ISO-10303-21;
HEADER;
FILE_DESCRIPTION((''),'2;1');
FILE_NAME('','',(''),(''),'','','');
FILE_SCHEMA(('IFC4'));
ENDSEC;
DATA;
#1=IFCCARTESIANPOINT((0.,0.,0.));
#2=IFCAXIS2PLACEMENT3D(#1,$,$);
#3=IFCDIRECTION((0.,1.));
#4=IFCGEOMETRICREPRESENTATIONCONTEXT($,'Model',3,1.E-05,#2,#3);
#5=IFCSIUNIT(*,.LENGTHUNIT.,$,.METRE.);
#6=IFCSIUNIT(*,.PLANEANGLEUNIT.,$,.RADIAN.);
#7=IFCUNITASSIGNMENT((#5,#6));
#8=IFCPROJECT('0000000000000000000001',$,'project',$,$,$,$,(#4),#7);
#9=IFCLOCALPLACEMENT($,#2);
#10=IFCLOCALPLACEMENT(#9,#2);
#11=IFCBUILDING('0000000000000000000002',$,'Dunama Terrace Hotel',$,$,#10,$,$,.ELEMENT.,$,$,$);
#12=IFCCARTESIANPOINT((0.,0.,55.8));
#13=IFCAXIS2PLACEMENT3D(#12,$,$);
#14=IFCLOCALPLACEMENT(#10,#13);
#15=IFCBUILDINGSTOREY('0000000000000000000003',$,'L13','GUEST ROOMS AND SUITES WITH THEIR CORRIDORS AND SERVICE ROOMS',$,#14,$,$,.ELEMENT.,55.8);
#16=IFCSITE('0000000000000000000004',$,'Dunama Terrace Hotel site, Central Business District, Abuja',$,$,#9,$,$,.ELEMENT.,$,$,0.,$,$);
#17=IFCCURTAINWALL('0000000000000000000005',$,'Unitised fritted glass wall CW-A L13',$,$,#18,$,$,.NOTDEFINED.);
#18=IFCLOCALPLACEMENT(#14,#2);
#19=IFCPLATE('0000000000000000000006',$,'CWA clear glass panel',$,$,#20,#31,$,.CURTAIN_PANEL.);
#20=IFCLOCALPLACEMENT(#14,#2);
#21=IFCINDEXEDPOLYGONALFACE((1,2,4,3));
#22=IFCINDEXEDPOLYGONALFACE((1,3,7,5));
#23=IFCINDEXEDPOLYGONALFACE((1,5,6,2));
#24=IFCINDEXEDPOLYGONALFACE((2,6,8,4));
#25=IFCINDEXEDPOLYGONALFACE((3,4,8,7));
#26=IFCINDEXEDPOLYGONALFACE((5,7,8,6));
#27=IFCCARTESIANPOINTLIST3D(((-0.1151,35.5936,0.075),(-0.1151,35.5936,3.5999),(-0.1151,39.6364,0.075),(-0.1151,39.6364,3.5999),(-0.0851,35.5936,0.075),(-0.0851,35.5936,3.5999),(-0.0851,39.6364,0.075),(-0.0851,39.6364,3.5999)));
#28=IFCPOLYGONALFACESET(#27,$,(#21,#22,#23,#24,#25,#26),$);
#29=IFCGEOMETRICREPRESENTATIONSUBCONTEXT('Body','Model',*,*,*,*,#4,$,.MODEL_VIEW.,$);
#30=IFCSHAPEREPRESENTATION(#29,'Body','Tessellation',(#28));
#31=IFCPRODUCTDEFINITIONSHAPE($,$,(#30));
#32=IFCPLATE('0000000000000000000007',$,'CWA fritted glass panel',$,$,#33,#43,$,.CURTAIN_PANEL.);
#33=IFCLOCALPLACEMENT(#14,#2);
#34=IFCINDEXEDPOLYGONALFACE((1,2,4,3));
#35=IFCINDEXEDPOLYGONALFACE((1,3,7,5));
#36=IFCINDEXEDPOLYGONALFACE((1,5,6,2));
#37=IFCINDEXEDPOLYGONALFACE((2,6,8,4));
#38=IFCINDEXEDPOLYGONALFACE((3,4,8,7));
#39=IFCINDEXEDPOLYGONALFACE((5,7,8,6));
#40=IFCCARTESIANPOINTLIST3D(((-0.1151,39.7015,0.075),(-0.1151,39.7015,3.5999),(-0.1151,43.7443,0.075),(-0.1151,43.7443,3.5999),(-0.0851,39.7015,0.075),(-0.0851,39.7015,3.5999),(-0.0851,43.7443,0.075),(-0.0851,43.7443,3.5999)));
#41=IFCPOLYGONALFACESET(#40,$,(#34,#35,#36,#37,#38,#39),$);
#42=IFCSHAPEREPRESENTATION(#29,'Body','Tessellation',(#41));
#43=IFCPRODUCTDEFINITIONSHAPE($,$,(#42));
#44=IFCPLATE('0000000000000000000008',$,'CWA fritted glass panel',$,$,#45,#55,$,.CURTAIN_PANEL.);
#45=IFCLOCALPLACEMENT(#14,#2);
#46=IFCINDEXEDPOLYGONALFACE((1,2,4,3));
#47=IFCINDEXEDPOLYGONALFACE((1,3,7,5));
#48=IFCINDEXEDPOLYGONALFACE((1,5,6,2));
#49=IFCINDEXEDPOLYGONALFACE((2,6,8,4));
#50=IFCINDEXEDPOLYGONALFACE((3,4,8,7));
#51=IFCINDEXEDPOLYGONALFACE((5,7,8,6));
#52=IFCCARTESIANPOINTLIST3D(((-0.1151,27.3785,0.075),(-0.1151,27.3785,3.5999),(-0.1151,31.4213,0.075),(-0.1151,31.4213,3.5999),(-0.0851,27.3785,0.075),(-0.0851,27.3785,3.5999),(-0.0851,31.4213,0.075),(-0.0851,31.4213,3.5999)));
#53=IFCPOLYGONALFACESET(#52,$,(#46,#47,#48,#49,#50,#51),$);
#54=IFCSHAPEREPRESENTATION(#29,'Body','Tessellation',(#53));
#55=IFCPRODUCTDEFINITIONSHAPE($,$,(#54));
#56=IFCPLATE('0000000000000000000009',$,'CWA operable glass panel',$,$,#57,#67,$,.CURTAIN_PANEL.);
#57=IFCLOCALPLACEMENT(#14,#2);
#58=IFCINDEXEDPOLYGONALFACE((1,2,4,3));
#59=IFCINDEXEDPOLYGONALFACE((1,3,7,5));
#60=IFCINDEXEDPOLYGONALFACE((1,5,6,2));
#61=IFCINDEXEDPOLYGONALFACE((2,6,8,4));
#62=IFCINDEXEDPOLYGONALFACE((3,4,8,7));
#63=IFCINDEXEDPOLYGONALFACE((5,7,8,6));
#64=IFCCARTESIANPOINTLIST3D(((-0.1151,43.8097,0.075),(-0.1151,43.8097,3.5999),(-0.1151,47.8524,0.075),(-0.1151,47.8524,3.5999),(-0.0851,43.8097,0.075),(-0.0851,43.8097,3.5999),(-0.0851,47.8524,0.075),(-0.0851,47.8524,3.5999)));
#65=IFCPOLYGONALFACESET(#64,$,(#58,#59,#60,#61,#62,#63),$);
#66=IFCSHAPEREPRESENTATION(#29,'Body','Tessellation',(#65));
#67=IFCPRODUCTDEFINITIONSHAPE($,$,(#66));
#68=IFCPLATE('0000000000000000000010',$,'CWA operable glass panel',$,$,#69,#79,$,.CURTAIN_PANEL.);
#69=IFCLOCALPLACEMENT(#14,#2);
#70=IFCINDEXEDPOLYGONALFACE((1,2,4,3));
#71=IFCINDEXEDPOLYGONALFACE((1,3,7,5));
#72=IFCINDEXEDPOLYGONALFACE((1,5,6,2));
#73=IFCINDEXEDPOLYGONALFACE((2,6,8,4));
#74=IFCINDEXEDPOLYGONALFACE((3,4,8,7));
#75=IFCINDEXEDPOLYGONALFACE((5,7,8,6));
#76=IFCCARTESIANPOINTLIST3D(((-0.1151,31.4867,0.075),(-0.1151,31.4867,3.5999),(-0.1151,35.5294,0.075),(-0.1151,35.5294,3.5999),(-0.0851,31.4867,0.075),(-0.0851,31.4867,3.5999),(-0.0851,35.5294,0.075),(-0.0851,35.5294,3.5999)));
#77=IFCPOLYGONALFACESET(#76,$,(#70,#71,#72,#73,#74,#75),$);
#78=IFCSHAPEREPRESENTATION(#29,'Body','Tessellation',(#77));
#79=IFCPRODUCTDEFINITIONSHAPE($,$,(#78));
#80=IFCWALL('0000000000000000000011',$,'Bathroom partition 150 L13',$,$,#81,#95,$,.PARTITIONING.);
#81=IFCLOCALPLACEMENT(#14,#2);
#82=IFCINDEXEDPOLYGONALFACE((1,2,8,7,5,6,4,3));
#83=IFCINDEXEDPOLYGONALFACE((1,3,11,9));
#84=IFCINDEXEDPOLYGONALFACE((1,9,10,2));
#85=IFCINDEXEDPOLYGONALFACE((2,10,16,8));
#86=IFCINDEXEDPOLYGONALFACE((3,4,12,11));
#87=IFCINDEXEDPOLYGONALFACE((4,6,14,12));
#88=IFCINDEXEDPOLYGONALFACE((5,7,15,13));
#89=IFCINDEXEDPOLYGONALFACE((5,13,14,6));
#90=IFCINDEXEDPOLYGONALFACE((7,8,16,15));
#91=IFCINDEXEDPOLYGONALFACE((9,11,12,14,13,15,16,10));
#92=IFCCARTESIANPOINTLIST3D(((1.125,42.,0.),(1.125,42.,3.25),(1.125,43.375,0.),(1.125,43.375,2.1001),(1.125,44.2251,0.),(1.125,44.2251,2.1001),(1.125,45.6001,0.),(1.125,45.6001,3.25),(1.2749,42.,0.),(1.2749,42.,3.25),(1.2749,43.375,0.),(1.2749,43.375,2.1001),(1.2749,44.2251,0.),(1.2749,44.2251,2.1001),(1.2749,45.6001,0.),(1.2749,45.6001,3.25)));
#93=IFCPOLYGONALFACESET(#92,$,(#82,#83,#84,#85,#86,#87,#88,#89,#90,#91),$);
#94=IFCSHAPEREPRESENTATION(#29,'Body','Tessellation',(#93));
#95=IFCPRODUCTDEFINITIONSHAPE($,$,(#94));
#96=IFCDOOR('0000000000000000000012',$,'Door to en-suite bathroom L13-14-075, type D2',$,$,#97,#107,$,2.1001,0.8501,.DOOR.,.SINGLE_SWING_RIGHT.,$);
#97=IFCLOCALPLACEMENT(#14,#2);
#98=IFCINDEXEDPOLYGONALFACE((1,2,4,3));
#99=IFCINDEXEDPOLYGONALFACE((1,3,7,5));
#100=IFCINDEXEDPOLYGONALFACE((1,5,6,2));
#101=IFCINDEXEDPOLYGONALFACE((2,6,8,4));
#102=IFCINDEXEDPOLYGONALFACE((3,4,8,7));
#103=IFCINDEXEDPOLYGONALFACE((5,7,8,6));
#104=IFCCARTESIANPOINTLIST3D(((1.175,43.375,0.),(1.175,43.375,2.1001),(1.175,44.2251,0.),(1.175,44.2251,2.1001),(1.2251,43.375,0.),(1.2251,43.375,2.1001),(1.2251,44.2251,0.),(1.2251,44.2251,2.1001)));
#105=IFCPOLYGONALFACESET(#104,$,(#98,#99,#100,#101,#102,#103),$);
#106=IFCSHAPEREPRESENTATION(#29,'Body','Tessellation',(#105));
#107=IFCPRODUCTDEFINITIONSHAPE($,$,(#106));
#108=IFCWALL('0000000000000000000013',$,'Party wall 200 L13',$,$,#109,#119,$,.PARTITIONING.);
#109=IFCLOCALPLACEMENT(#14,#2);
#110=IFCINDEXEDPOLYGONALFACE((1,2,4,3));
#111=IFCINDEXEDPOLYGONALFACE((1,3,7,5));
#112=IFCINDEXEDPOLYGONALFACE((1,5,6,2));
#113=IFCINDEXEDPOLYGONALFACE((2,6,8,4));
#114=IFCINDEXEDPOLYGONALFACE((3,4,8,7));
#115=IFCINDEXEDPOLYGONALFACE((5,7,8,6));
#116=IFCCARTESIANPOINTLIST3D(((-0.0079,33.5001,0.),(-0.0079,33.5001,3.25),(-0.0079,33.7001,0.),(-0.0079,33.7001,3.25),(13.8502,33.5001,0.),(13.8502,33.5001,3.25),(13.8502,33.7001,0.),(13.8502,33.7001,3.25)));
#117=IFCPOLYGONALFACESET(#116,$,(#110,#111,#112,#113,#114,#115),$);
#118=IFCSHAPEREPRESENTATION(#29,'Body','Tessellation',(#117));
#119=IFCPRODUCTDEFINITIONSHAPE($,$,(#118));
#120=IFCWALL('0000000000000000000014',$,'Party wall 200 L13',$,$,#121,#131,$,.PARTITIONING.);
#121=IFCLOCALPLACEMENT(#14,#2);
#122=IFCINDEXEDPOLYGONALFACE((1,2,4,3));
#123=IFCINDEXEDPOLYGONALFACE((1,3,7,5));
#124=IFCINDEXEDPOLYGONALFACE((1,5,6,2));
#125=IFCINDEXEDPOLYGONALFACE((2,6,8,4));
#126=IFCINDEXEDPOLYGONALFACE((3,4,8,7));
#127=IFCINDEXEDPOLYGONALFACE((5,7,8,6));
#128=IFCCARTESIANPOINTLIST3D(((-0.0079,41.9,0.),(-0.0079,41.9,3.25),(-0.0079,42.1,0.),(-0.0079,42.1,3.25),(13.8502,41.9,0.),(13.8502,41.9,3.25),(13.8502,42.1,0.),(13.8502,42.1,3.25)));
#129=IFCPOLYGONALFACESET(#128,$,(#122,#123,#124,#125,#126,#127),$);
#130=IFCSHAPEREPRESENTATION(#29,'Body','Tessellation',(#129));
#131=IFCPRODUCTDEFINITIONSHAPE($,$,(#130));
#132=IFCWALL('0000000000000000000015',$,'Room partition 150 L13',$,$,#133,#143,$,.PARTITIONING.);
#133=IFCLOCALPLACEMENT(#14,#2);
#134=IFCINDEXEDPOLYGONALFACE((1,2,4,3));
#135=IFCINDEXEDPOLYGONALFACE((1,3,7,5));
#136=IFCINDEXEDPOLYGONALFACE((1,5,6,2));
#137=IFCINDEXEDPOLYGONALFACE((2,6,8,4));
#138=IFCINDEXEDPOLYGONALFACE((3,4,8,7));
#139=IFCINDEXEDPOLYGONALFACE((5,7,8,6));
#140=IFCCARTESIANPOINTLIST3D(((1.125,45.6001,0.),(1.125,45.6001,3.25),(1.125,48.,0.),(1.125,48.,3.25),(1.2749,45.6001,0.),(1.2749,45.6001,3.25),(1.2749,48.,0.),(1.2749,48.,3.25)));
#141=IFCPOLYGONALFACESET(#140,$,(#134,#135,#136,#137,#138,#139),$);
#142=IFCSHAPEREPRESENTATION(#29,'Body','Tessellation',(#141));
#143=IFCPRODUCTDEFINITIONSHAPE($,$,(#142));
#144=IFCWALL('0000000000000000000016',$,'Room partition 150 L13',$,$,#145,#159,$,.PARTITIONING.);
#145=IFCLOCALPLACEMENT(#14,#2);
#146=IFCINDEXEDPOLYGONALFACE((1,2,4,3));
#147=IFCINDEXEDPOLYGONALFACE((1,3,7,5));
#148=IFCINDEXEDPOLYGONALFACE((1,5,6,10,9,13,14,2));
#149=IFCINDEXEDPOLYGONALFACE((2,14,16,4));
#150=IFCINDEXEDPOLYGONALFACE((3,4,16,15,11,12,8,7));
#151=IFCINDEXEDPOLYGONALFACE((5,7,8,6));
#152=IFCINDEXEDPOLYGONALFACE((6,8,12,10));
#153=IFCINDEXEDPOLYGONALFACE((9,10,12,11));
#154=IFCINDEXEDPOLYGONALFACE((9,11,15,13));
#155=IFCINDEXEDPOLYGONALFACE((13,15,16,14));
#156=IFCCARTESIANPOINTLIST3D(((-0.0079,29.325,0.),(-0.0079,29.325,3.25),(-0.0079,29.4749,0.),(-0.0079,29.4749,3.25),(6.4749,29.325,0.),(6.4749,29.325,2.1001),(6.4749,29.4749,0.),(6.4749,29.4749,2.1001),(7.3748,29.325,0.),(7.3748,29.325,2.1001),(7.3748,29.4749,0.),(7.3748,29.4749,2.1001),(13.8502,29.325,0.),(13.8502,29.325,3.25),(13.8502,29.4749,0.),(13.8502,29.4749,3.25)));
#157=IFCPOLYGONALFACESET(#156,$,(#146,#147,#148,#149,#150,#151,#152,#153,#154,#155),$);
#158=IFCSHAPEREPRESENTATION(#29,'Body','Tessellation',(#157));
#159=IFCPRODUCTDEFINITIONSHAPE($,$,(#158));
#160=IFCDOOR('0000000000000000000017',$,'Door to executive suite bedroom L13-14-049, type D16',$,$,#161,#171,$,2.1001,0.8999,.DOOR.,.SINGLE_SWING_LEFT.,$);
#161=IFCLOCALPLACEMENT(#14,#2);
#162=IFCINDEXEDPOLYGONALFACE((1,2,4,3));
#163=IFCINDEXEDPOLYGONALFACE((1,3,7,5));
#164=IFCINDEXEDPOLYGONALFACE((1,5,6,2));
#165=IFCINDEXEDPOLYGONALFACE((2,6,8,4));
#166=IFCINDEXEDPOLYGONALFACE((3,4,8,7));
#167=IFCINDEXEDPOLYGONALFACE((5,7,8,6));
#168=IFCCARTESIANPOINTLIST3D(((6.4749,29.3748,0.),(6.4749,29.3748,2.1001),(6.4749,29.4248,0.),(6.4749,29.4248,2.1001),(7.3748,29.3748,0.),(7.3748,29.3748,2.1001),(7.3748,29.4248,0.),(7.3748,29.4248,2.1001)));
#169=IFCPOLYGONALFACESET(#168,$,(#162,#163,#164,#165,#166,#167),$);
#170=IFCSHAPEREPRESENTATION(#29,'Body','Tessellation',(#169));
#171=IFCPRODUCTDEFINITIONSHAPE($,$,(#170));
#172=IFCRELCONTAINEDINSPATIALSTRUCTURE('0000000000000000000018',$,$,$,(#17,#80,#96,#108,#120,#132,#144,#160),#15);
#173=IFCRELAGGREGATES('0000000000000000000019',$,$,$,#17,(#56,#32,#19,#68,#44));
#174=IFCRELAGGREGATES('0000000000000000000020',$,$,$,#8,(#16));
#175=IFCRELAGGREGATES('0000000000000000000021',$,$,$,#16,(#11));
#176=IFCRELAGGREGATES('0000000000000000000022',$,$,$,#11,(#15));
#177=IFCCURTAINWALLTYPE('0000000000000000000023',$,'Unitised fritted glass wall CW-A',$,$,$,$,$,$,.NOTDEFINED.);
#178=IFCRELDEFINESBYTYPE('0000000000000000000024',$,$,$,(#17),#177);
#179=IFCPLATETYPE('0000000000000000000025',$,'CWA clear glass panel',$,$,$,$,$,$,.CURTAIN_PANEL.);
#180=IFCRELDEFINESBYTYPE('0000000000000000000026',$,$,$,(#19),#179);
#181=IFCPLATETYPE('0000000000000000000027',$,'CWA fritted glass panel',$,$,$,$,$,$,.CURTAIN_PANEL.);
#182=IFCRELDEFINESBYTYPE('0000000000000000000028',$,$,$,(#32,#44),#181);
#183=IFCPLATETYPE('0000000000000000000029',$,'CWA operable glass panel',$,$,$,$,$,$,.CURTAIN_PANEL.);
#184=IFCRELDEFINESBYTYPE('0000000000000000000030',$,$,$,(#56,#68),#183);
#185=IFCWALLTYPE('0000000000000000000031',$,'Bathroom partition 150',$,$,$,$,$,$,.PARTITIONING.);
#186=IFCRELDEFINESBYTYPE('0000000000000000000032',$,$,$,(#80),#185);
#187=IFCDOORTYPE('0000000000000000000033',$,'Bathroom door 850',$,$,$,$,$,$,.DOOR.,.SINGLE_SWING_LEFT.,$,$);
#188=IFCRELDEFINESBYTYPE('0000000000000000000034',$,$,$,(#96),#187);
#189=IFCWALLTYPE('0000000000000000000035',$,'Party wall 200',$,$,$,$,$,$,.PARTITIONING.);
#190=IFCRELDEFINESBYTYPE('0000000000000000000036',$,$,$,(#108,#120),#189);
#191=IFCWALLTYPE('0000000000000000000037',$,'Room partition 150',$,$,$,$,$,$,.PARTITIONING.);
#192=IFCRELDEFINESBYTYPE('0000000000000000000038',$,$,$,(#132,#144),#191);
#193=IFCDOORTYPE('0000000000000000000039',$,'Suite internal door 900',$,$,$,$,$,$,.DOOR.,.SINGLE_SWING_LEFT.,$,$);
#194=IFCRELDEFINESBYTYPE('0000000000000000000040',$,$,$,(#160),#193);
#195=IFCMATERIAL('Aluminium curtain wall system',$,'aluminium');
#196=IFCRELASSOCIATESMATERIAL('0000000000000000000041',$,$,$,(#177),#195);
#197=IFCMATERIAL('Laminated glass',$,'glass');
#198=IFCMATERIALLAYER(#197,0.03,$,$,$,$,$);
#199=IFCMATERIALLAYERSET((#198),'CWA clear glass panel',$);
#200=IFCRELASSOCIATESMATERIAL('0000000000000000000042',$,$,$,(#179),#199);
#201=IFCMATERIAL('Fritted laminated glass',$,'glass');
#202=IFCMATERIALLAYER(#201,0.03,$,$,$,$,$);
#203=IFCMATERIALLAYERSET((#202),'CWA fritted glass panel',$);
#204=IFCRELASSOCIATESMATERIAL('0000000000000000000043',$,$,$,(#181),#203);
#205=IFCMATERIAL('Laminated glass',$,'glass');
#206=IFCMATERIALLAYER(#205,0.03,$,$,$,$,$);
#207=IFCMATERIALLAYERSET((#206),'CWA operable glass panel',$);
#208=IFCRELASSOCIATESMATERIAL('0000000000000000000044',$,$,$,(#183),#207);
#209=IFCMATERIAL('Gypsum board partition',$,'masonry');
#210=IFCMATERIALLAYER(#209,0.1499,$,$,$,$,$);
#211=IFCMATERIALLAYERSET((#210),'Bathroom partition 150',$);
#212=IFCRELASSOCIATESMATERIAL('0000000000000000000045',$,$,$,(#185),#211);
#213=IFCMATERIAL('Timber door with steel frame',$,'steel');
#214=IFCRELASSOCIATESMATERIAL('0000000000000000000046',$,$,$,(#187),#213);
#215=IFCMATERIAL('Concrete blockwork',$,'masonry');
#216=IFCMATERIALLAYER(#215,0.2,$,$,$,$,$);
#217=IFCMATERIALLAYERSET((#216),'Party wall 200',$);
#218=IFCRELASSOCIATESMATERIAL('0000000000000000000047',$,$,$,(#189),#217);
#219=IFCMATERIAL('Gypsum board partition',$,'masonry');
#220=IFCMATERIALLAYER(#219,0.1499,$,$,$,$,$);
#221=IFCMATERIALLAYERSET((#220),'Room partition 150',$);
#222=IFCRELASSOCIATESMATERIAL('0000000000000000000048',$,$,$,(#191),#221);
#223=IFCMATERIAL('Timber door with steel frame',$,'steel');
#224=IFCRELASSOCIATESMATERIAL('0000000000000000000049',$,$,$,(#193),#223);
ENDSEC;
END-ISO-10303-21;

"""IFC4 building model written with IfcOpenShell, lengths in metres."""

from ifc_helpers import new_model, si_unit, direction, frame, frame_2d, origin, origin_2d, place, context, subcontext, project, spatial, rectangle, extrude, material, layer, layer_set, type_object, element, fill, aggregate, save


model = new_model("IFC4")

# Units and contexts
model_context = context("Model", 3, precision=1e-05, world=origin(), true_north=direction((0.0, 1.0)))
body_context = subcontext(model_context, "Body", "Model", "MODEL_VIEW")
ifc_project = project(units=[si_unit("LENGTHUNIT", "METRE"), si_unit("PLANEANGLEUNIT", "RADIAN")], contexts=[model_context])

# Site, building, storey
site_placement = place(None, origin())
site = spatial("IfcSite", under=ifc_project, at=site_placement, Name="Dunama Terrace Hotel site, Central Business District, Abuja", CompositionType="ELEMENT", RefElevation=0.0)
building_placement = place(site_placement, origin())
building = spatial("IfcBuilding", under=site, at=building_placement, Name="Dunama Terrace Hotel", CompositionType="ELEMENT")
storey_placement = place(building_placement, frame((0.0, 0.0, 55.8)))
storey = spatial("IfcBuildingStorey", under=building, at=storey_placement, Name="L13", Description="GUEST ROOMS AND SUITES WITH THEIR CORRIDORS AND SERVICE ROOMS", CompositionType="ELEMENT", Elevation=55.8)

# Curtain wall
ifc_material_1 = material(Name="Aluminium curtain wall system", Category="aluminium")
curtain_wall_type = type_object("IfcCurtainWallType", Name="Unitised fritted glass wall CW-A", PredefinedType="NOTDEFINED", material=ifc_material_1)
curtain_wall_placement = place(storey_placement, origin())
curtain_wall = element("IfcCurtainWall", 1, at=curtain_wall_placement, inside=storey, type_object=curtain_wall_type, Name="Unitised fritted glass wall CW-A L13", PredefinedType="NOTDEFINED")

# Plates
ifc_material_2 = material(Name="Laminated glass", Category="glass")
ifc_layer_1 = layer(ifc_material_2, 0.03)
ifc_layer_set_1 = layer_set([ifc_layer_1], Name="CWA clear glass panel")
plate_type_1 = type_object("IfcPlateType", Name="CWA clear glass panel", PredefinedType="CURTAIN_PANEL", material=ifc_layer_set_1)
plate_1_placement = place(storey_placement, frame((-0.1001, 37.615, 0.075), z_axis=(0.0, 0.0, 1.0), x_axis=(0.0, -1.0, 0.0)))
plate_1 = element("IfcPlate", 2, at=plate_1_placement, type_object=plate_type_1, Name="CWA clear glass panel", PredefinedType="CURTAIN_PANEL", context=body_context, shape_type="SweptSolid", body=[
    extrude(rectangle(XDim=4.0427, YDim=0.03, at=origin_2d()), origin(), (0.0, 0.0, 1.0), 3.5249),
])
ifc_material_3 = material(Name="Fritted laminated glass", Category="glass")
ifc_layer_2 = layer(ifc_material_3, 0.03)
ifc_layer_set_2 = layer_set([ifc_layer_2], Name="CWA fritted glass panel")
plate_type_2 = type_object("IfcPlateType", Name="CWA fritted glass panel", PredefinedType="CURTAIN_PANEL", material=ifc_layer_set_2)
plate_2_placement = place(storey_placement, frame((-0.1001, 41.7229, 0.075), z_axis=(0.0, 0.0, 1.0), x_axis=(0.0, -1.0, 0.0)))
plate_2 = element("IfcPlate", 3, at=plate_2_placement, type_object=plate_type_2, Name="CWA fritted glass panel", PredefinedType="CURTAIN_PANEL", context=body_context, shape_type="SweptSolid", body=[
    extrude(rectangle(XDim=4.0427, YDim=0.03, at=origin_2d()), origin(), (0.0, 0.0, 1.0), 3.5249),
])
plate_3_placement = place(storey_placement, frame((-0.1001, 29.3999, 0.075), z_axis=(0.0, 0.0, 1.0), x_axis=(0.0, -1.0, 0.0)))
plate_3 = element("IfcPlate", 4, at=plate_3_placement, type_object=plate_type_2, Name="CWA fritted glass panel", PredefinedType="CURTAIN_PANEL", context=body_context, shape_type="SweptSolid", body=[
    extrude(rectangle(XDim=4.0427, YDim=0.03, at=origin_2d()), origin(), (0.0, 0.0, 1.0), 3.5249),
])
ifc_material_4 = material(Name="Laminated glass", Category="glass")
ifc_layer_3 = layer(ifc_material_4, 0.03)
ifc_layer_set_3 = layer_set([ifc_layer_3], Name="CWA operable glass panel")
plate_type_3 = type_object("IfcPlateType", Name="CWA operable glass panel", PredefinedType="CURTAIN_PANEL", material=ifc_layer_set_3)
plate_4_placement = place(storey_placement, frame((-0.1001, 45.8311, 0.075), z_axis=(0.0, 0.0, 1.0), x_axis=(0.0, -1.0, 0.0)))
plate_4 = element("IfcPlate", 5, at=plate_4_placement, type_object=plate_type_3, Name="CWA operable glass panel", PredefinedType="CURTAIN_PANEL", context=body_context, shape_type="SweptSolid", body=[
    extrude(rectangle(XDim=4.0427, YDim=0.03, at=origin_2d()), origin(), (0.0, 0.0, 1.0), 3.5249),
])
plate_5_placement = place(storey_placement, frame((-0.1001, 33.5081, 0.075), z_axis=(0.0, 0.0, 1.0), x_axis=(0.0, -1.0, 0.0)))
plate_5 = element("IfcPlate", 6, at=plate_5_placement, type_object=plate_type_3, Name="CWA operable glass panel", PredefinedType="CURTAIN_PANEL", context=body_context, shape_type="SweptSolid", body=[
    extrude(rectangle(XDim=4.0427, YDim=0.03, at=origin_2d()), origin(), (0.0, 0.0, 1.0), 3.5249),
])
aggregate(curtain_wall, [plate_4, plate_2, plate_1, plate_5, plate_3])

# Wall, opening, door
ifc_material_5 = material(Name="Gypsum board partition", Category="masonry")
ifc_layer_4 = layer(ifc_material_5, 0.1499)
ifc_layer_set_4 = layer_set([ifc_layer_4], Name="Bathroom partition 150")
wall_type_1 = type_object("IfcWallType", Name="Bathroom partition 150", PredefinedType="PARTITIONING", material=ifc_layer_set_4)
wall_1_placement = place(storey_placement, frame((1.2, 42.0, 0.0), z_axis=(0.0, 0.0, 1.0), x_axis=(0.0, 1.0, 0.0)))
wall_1 = element("IfcWall", 7, at=wall_1_placement, inside=storey, type_object=wall_type_1, Name="Bathroom partition 150 L13", PredefinedType="PARTITIONING", context=body_context, shape_type="SweptSolid", body=[
    extrude(rectangle(XDim=3.6001, YDim=0.1499, at=frame_2d((1.8, 0.0))), origin(), (0.0, 0.0, 1.0), 3.25),
])
opening_1_placement = place(wall_1_placement, frame((1.375, 0.0, 0.0)))
opening_1 = element("IfcOpeningElement", 8, at=opening_1_placement, cuts=wall_1, PredefinedType="OPENING", context=body_context, shape_type="SweptSolid", body=[
    extrude(rectangle(XDim=0.8501, YDim=2.1001, at=frame_2d((0.425, 1.05))), frame((0.0, 0.085, 0.0), z_axis=(0.0, -1.0, 0.0), x_axis=(1.0, 0.0, 0.0)), (0.0, 0.0, 1.0), 0.1699),
])
ifc_material_6 = material(Name="Timber door with steel frame", Category="steel")
door_type_1 = type_object("IfcDoorType", Name="Bathroom door 850", OperationType="SINGLE_SWING_LEFT", PredefinedType="DOOR", material=ifc_material_6)
door_1_placement = place(opening_1_placement, frame((0.8501, 0.0, 0.0), z_axis=(0.0, 0.0, 1.0), x_axis=(-1.0, 0.0, 0.0)))
door_1 = element("IfcDoor", 9, at=door_1_placement, inside=storey, type_object=door_type_1, Name="Door to en-suite bathroom L13-14-075, type D2", OperationType="SINGLE_SWING_RIGHT", OverallHeight=2.1001, OverallWidth=0.8501, PredefinedType="DOOR", context=body_context, shape_type="SweptSolid", body=[
    extrude(rectangle(XDim=0.8501, YDim=2.1001, at=frame_2d((0.425, 1.05))), frame((0.0, 0.0251, 0.0), z_axis=(0.0, -1.0, 0.0), x_axis=(1.0, 0.0, 0.0)), (0.0, 0.0, 1.0), 0.05),
])
fill(opening_1, door_1)

# Walls
ifc_material_7 = material(Name="Concrete blockwork", Category="masonry")
ifc_layer_5 = layer(ifc_material_7, 0.2)
ifc_layer_set_5 = layer_set([ifc_layer_5], Name="Party wall 200")
wall_type_2 = type_object("IfcWallType", Name="Party wall 200", PredefinedType="PARTITIONING", material=ifc_layer_set_5)
for number, where, z_axis, x_axis, name in (
    (10, (-0.0081, 33.6001, 0.0), (0.0, 0.0, 1.0), (1.0, 0.0, 0.0), "Party wall 200 L13"),
    (11, (-0.0081, 42.0, 0.0), (0.0, 0.0, 1.0), (1.0, 0.0, 0.0), "Party wall 200 L13"),
):
    element("IfcWall", number, at=place(storey_placement, frame(where, z_axis=z_axis, x_axis=x_axis)), inside=storey, type_object=wall_type_2, Name=name, PredefinedType="PARTITIONING", context=body_context, shape_type="SweptSolid", body=[
        extrude(rectangle(XDim=13.8582, YDim=0.2, at=frame_2d((6.9292, 0.0))), origin(), (0.0, 0.0, 1.0), 3.25),
    ])
ifc_material_8 = material(Name="Gypsum board partition", Category="masonry")
ifc_layer_6 = layer(ifc_material_8, 0.1499)
ifc_layer_set_6 = layer_set([ifc_layer_6], Name="Room partition 150")
wall_type_3 = type_object("IfcWallType", Name="Room partition 150", PredefinedType="PARTITIONING", material=ifc_layer_set_6)
wall_2_placement = place(storey_placement, frame((1.2, 45.6001, 0.0), z_axis=(0.0, 0.0, 1.0), x_axis=(0.0, 1.0, 0.0)))
element("IfcWall", 12, at=wall_2_placement, inside=storey, type_object=wall_type_3, Name="Room partition 150 L13", PredefinedType="PARTITIONING", context=body_context, shape_type="SweptSolid", body=[
    extrude(rectangle(XDim=2.3999, YDim=0.1499, at=frame_2d((1.2, 0.0))), origin(), (0.0, 0.0, 1.0), 3.25),
])

# Wall, opening, door
wall_3_placement = place(storey_placement, frame((-0.0081, 29.3999, 0.0), z_axis=(0.0, 0.0, 1.0), x_axis=(1.0, 0.0, 0.0)))
wall_3 = element("IfcWall", 13, at=wall_3_placement, inside=storey, type_object=wall_type_3, Name="Room partition 150 L13", PredefinedType="PARTITIONING", context=body_context, shape_type="SweptSolid", body=[
    extrude(rectangle(XDim=13.8582, YDim=0.1499, at=frame_2d((6.9292, 0.0))), origin(), (0.0, 0.0, 1.0), 3.25),
])
opening_2_placement = place(wall_3_placement, frame((6.4829, 0.0, 0.0)))
opening_2 = element("IfcOpeningElement", 14, at=opening_2_placement, cuts=wall_3, PredefinedType="OPENING", context=body_context, shape_type="SweptSolid", body=[
    extrude(rectangle(XDim=0.8999, YDim=2.1001, at=frame_2d((0.45, 1.05))), frame((0.0, 0.085, 0.0), z_axis=(0.0, -1.0, 0.0), x_axis=(1.0, 0.0, 0.0)), (0.0, 0.0, 1.0), 0.1699),
])
ifc_material_9 = material(Name="Timber door with steel frame", Category="steel")
door_type_2 = type_object("IfcDoorType", Name="Suite internal door 900", OperationType="SINGLE_SWING_LEFT", PredefinedType="DOOR", material=ifc_material_9)
door_2_placement = place(opening_2_placement, origin())
door_2 = element("IfcDoor", 15, at=door_2_placement, inside=storey, type_object=door_type_2, Name="Door to executive suite bedroom L13-14-049, type D16", OperationType="SINGLE_SWING_LEFT", OverallHeight=2.1001, OverallWidth=0.8999, PredefinedType="DOOR", context=body_context, shape_type="SweptSolid", body=[
    extrude(rectangle(XDim=0.8999, YDim=2.1001, at=frame_2d((0.45, 1.05))), frame((0.0, 0.0249, 0.0), z_axis=(0.0, -1.0, 0.0), x_axis=(1.0, 0.0, 0.0)), (0.0, 0.0, 1.0), 0.05),
])
fill(opening_2, door_2)

save(model, "model.ifc")
